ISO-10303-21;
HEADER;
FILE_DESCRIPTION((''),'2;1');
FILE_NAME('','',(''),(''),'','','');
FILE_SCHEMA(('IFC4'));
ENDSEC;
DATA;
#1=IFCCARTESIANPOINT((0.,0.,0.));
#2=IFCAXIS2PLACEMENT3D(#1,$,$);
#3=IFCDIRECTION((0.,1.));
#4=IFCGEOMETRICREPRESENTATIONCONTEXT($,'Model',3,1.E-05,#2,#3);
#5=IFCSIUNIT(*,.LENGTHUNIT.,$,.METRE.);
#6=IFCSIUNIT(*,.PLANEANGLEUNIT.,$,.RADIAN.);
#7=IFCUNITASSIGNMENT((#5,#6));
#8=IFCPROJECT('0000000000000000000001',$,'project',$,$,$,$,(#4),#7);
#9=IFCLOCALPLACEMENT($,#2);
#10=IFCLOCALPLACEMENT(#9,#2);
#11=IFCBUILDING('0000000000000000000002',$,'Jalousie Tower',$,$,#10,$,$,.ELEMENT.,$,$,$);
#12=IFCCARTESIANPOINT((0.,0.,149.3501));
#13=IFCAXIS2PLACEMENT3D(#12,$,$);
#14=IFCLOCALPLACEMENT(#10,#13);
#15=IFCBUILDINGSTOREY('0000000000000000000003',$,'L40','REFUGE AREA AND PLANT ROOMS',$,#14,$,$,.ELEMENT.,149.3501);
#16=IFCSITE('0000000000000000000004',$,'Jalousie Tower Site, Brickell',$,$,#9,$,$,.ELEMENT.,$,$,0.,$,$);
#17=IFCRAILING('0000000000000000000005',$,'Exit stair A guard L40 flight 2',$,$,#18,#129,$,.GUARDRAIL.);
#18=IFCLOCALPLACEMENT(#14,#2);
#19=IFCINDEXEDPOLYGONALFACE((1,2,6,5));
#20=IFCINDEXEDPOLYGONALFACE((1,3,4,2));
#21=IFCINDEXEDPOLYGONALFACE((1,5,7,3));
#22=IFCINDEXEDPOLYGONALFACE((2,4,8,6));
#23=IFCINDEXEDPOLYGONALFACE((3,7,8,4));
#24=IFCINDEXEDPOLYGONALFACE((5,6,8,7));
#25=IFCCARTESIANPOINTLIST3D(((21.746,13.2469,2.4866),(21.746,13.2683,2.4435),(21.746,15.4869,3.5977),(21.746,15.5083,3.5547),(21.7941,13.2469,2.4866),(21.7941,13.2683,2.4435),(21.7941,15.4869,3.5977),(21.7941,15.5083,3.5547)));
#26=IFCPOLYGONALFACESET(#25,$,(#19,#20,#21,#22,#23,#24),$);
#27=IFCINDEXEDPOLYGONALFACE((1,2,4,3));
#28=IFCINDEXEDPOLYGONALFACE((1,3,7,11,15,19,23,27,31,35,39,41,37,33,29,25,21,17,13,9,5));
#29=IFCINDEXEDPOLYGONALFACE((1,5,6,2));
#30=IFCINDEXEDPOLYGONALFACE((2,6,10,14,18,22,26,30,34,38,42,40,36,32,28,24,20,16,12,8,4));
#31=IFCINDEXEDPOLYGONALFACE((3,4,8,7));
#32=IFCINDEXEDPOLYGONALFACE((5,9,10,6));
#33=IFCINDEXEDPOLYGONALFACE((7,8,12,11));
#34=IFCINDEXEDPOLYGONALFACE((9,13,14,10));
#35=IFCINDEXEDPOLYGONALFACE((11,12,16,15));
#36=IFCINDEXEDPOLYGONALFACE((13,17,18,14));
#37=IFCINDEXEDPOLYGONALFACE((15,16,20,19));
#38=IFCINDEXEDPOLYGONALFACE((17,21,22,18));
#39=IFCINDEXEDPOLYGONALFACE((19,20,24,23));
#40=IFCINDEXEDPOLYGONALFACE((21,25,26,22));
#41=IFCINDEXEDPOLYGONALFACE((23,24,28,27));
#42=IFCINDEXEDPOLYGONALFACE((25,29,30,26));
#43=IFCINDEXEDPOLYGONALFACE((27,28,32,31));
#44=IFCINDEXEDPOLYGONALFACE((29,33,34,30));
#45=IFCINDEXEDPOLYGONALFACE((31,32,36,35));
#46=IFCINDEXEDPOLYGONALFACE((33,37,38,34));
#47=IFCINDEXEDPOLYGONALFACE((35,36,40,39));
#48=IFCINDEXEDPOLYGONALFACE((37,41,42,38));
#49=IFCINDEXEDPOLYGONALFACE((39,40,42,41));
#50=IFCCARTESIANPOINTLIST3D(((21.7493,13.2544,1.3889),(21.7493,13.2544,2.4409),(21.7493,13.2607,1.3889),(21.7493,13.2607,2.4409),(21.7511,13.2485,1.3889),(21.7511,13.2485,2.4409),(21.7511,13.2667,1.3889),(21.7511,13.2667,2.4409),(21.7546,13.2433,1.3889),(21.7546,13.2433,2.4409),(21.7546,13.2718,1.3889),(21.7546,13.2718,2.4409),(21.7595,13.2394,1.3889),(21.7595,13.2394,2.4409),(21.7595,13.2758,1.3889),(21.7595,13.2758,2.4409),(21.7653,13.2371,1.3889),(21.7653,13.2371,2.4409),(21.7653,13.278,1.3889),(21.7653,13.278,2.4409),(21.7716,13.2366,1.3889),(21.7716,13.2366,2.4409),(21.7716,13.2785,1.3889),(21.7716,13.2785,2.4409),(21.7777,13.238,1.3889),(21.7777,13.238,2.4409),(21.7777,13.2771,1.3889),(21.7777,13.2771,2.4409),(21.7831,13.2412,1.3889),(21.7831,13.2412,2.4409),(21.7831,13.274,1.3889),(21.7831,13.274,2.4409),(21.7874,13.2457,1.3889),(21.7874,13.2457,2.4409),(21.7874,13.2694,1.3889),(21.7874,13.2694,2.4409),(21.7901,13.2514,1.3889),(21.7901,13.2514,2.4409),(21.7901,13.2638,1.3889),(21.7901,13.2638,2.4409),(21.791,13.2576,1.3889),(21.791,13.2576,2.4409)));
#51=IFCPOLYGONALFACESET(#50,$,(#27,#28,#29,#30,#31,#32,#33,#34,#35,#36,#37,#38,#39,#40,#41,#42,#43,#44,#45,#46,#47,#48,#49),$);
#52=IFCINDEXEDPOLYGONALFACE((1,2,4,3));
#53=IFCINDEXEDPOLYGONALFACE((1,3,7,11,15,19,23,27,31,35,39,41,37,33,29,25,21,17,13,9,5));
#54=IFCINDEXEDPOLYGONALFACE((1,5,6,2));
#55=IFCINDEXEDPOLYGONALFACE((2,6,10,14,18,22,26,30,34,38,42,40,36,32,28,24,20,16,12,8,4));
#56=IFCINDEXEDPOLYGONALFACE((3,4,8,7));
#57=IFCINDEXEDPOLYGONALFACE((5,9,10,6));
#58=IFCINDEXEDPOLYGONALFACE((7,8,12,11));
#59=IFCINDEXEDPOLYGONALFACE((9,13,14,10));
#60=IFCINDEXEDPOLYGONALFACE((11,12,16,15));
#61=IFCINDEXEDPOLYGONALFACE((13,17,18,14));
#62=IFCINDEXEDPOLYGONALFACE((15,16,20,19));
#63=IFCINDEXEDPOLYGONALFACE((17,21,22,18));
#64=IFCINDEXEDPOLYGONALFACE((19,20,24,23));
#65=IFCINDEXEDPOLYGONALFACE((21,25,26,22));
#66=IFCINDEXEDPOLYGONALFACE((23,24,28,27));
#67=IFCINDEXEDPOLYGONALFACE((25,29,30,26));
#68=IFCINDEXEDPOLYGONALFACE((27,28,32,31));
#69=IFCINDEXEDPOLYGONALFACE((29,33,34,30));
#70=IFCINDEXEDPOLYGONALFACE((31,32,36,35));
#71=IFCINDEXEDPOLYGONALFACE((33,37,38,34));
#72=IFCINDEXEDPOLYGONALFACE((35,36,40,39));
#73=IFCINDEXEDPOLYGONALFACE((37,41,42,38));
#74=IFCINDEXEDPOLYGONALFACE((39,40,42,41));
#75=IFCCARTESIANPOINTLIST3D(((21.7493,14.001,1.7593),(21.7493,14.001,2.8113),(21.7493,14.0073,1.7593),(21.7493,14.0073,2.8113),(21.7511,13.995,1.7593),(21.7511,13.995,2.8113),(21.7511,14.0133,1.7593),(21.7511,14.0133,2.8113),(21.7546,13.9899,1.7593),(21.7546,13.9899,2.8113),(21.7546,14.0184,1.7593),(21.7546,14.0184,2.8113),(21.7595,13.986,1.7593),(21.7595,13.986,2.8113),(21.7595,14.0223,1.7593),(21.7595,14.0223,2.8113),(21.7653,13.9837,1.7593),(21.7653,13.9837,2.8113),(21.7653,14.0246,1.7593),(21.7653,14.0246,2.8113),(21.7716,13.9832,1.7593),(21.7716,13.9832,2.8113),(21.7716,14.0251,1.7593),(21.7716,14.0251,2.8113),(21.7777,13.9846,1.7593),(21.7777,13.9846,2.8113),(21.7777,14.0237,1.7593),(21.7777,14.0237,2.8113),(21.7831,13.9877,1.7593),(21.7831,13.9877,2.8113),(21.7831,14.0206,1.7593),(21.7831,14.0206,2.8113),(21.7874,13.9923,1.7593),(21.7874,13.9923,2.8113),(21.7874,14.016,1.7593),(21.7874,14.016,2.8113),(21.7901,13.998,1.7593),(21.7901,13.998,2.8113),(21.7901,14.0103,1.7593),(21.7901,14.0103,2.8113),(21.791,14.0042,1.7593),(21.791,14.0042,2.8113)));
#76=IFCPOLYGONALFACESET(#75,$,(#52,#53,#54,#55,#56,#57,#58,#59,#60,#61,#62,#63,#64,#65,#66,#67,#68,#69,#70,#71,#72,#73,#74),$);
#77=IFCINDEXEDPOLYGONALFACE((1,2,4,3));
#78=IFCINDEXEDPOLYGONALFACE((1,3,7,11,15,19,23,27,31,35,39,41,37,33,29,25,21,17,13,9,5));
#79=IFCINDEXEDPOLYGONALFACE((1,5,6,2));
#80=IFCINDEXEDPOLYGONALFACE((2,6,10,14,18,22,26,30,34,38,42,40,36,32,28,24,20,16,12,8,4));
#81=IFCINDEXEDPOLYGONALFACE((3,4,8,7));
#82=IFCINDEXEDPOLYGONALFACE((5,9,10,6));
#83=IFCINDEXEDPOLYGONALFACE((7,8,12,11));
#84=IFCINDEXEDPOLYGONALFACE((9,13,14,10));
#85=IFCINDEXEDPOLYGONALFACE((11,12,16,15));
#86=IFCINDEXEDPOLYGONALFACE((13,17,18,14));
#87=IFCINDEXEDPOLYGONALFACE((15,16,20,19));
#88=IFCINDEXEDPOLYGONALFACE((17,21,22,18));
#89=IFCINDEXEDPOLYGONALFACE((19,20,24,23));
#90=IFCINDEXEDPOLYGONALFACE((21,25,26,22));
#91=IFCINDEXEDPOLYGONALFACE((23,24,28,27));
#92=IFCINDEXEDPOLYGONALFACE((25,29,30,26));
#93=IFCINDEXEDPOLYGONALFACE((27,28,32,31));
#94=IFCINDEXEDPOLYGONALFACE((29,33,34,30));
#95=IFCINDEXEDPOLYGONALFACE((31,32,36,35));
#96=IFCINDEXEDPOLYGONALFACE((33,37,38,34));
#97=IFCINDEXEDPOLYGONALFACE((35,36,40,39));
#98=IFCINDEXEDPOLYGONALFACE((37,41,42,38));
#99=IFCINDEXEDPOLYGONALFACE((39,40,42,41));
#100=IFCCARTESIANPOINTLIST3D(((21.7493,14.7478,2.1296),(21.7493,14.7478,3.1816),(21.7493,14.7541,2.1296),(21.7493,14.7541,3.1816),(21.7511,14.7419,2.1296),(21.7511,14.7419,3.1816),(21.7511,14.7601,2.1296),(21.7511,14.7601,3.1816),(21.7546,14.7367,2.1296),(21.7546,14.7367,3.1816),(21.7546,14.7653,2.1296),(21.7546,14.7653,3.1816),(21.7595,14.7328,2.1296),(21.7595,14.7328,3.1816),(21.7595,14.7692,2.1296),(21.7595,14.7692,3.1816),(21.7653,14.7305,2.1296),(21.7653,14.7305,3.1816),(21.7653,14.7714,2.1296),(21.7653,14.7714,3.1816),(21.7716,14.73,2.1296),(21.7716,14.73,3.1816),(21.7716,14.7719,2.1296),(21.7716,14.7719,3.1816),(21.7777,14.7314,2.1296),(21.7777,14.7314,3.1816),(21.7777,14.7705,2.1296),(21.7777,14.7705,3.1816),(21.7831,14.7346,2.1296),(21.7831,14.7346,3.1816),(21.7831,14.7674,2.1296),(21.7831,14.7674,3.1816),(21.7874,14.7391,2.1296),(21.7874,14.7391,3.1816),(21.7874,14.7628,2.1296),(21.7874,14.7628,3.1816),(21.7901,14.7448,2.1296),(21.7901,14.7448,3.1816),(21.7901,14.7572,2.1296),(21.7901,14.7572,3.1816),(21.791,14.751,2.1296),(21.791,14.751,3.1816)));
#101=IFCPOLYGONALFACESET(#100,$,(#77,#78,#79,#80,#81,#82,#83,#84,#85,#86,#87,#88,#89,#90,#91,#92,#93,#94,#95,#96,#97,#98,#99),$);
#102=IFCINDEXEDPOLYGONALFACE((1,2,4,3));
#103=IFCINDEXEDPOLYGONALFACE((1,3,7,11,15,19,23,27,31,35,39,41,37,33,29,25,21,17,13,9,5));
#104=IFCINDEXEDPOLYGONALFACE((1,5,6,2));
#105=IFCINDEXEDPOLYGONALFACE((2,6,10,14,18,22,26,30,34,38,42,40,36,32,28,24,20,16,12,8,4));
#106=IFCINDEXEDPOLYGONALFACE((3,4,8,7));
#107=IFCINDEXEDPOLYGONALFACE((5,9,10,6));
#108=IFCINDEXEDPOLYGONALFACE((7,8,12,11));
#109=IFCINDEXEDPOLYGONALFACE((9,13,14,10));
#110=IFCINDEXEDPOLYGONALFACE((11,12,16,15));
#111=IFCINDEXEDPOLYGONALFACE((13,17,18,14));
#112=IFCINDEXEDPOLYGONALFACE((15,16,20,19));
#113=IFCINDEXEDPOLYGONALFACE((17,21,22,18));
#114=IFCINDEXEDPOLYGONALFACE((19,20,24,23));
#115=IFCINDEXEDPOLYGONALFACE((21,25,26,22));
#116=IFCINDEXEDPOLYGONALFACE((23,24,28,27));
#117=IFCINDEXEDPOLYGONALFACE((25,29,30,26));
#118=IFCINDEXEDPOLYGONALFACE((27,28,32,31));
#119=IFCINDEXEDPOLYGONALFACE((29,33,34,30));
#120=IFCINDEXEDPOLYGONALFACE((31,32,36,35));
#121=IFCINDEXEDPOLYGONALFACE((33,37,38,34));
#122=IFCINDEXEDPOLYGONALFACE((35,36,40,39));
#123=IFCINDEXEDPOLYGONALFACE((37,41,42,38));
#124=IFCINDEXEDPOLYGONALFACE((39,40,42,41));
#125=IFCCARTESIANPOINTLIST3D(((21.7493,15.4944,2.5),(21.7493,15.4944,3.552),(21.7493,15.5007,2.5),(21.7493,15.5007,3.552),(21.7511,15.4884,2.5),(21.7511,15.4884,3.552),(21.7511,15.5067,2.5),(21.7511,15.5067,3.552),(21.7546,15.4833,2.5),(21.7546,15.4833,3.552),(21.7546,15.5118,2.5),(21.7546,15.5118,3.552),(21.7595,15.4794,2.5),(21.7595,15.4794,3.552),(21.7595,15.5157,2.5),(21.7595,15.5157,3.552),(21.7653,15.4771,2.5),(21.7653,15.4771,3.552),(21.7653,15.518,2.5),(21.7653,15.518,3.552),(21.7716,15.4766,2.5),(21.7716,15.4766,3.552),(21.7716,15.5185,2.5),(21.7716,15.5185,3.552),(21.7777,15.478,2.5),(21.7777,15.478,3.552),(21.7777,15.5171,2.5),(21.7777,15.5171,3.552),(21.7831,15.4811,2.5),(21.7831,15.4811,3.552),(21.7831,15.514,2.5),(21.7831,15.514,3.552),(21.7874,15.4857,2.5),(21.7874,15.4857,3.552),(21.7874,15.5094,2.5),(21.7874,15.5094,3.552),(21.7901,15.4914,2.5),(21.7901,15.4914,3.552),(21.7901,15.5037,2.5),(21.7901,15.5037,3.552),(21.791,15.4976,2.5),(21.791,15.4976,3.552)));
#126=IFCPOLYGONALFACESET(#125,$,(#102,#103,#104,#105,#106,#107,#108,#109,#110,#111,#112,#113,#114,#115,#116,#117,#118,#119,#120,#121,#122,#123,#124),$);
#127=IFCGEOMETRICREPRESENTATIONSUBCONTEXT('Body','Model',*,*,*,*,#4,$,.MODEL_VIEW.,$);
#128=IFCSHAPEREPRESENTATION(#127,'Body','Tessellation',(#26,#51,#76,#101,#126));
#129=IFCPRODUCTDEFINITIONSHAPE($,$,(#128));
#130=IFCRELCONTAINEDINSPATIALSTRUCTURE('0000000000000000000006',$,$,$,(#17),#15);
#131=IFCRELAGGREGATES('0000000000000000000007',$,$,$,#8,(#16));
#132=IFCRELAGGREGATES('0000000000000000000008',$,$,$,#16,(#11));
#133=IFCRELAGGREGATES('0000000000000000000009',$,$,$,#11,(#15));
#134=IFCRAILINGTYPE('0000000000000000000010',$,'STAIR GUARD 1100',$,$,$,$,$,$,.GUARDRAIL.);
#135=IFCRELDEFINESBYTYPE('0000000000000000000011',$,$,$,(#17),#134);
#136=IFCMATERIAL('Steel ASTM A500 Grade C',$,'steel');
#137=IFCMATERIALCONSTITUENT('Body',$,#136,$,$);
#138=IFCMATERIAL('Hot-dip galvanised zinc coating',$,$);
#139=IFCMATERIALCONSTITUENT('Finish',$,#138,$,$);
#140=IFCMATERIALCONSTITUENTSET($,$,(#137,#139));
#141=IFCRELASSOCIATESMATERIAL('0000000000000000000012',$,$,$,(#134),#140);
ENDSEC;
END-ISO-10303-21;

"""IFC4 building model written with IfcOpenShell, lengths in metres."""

from ifc_helpers import new_model, si_unit, direction, frame, origin, origin_2d, place, context, subcontext, project, spatial, rectangle, circle, extrude, material, constituent, constituent_set, type_object, element, save


model = new_model("IFC4")

# Units and contexts
model_context = context("Model", 3, precision=1e-05, world=origin(), true_north=direction((0.0, 1.0)))
body_context = subcontext(model_context, "Body", "Model", "MODEL_VIEW")
ifc_project = project(units=[si_unit("LENGTHUNIT", "METRE"), si_unit("PLANEANGLEUNIT", "RADIAN")], contexts=[model_context])

# Site, building, storey
site_placement = place(None, origin())
site = spatial("IfcSite", under=ifc_project, at=site_placement, Name="Jalousie Tower Site, Brickell", CompositionType="ELEMENT", RefElevation=0.0)
building_placement = place(site_placement, origin())
building = spatial("IfcBuilding", under=site, at=building_placement, Name="Jalousie Tower", CompositionType="ELEMENT")
storey_placement = place(building_placement, frame((0.0, 0.0, 149.3501)))
storey = spatial("IfcBuildingStorey", under=building, at=storey_placement, Name="L40", Description="REFUGE AREA AND PLANT ROOMS", CompositionType="ELEMENT", Elevation=149.3501)

# Railing
ifc_material_1 = material(Name="Steel ASTM A500 Grade C", Category="steel")
ifc_constituent_1 = constituent(ifc_material_1, Name="Body")
ifc_material_2 = material(Name="Hot-dip galvanised zinc coating")
ifc_constituent_2 = constituent(ifc_material_2, Name="Finish")
ifc_constituent_set_1 = constituent_set(constituents=[ifc_constituent_1, ifc_constituent_2])
railing_type_1 = type_object("IfcRailingType", Name="STAIR GUARD 1100", PredefinedType="GUARDRAIL", material=ifc_constituent_set_1)
railing_1_placement = place(storey_placement, frame((21.77, 13.2576, 1.3889)))
element("IfcRailing", 1, at=railing_1_placement, inside=storey, type_object=railing_type_1, Name="Exit stair A guard L40 flight 2", PredefinedType="GUARDRAIL", context=body_context, shape_type="SweptSolid", body=[
    extrude(rectangle(XDim=0.0481, YDim=0.0481, at=origin_2d()), frame((0.0, 0.0, 1.0762), z_axis=(0.0, 0.895848, 0.44436), x_axis=(-1.0, 0.0, 0.0)), (0.0, 0.0, 1.0), 2.5005),
    extrude(circle(Radius=0.021, at=origin_2d()), origin(), (0.0, 0.0, 1.0), 1.052),
    extrude(circle(Radius=0.021, at=origin_2d()), frame((0.0, 0.7466, 0.3704)), (0.0, 0.0, 1.0), 1.052),
    extrude(circle(Radius=0.021, at=origin_2d()), frame((0.0, 1.4934, 0.7407)), (0.0, 0.0, 1.0), 1.052),
    extrude(circle(Radius=0.021, at=origin_2d()), frame((0.0, 2.24, 1.1111)), (0.0, 0.0, 1.0), 1.052),
])

save(model, "model.ifc")
